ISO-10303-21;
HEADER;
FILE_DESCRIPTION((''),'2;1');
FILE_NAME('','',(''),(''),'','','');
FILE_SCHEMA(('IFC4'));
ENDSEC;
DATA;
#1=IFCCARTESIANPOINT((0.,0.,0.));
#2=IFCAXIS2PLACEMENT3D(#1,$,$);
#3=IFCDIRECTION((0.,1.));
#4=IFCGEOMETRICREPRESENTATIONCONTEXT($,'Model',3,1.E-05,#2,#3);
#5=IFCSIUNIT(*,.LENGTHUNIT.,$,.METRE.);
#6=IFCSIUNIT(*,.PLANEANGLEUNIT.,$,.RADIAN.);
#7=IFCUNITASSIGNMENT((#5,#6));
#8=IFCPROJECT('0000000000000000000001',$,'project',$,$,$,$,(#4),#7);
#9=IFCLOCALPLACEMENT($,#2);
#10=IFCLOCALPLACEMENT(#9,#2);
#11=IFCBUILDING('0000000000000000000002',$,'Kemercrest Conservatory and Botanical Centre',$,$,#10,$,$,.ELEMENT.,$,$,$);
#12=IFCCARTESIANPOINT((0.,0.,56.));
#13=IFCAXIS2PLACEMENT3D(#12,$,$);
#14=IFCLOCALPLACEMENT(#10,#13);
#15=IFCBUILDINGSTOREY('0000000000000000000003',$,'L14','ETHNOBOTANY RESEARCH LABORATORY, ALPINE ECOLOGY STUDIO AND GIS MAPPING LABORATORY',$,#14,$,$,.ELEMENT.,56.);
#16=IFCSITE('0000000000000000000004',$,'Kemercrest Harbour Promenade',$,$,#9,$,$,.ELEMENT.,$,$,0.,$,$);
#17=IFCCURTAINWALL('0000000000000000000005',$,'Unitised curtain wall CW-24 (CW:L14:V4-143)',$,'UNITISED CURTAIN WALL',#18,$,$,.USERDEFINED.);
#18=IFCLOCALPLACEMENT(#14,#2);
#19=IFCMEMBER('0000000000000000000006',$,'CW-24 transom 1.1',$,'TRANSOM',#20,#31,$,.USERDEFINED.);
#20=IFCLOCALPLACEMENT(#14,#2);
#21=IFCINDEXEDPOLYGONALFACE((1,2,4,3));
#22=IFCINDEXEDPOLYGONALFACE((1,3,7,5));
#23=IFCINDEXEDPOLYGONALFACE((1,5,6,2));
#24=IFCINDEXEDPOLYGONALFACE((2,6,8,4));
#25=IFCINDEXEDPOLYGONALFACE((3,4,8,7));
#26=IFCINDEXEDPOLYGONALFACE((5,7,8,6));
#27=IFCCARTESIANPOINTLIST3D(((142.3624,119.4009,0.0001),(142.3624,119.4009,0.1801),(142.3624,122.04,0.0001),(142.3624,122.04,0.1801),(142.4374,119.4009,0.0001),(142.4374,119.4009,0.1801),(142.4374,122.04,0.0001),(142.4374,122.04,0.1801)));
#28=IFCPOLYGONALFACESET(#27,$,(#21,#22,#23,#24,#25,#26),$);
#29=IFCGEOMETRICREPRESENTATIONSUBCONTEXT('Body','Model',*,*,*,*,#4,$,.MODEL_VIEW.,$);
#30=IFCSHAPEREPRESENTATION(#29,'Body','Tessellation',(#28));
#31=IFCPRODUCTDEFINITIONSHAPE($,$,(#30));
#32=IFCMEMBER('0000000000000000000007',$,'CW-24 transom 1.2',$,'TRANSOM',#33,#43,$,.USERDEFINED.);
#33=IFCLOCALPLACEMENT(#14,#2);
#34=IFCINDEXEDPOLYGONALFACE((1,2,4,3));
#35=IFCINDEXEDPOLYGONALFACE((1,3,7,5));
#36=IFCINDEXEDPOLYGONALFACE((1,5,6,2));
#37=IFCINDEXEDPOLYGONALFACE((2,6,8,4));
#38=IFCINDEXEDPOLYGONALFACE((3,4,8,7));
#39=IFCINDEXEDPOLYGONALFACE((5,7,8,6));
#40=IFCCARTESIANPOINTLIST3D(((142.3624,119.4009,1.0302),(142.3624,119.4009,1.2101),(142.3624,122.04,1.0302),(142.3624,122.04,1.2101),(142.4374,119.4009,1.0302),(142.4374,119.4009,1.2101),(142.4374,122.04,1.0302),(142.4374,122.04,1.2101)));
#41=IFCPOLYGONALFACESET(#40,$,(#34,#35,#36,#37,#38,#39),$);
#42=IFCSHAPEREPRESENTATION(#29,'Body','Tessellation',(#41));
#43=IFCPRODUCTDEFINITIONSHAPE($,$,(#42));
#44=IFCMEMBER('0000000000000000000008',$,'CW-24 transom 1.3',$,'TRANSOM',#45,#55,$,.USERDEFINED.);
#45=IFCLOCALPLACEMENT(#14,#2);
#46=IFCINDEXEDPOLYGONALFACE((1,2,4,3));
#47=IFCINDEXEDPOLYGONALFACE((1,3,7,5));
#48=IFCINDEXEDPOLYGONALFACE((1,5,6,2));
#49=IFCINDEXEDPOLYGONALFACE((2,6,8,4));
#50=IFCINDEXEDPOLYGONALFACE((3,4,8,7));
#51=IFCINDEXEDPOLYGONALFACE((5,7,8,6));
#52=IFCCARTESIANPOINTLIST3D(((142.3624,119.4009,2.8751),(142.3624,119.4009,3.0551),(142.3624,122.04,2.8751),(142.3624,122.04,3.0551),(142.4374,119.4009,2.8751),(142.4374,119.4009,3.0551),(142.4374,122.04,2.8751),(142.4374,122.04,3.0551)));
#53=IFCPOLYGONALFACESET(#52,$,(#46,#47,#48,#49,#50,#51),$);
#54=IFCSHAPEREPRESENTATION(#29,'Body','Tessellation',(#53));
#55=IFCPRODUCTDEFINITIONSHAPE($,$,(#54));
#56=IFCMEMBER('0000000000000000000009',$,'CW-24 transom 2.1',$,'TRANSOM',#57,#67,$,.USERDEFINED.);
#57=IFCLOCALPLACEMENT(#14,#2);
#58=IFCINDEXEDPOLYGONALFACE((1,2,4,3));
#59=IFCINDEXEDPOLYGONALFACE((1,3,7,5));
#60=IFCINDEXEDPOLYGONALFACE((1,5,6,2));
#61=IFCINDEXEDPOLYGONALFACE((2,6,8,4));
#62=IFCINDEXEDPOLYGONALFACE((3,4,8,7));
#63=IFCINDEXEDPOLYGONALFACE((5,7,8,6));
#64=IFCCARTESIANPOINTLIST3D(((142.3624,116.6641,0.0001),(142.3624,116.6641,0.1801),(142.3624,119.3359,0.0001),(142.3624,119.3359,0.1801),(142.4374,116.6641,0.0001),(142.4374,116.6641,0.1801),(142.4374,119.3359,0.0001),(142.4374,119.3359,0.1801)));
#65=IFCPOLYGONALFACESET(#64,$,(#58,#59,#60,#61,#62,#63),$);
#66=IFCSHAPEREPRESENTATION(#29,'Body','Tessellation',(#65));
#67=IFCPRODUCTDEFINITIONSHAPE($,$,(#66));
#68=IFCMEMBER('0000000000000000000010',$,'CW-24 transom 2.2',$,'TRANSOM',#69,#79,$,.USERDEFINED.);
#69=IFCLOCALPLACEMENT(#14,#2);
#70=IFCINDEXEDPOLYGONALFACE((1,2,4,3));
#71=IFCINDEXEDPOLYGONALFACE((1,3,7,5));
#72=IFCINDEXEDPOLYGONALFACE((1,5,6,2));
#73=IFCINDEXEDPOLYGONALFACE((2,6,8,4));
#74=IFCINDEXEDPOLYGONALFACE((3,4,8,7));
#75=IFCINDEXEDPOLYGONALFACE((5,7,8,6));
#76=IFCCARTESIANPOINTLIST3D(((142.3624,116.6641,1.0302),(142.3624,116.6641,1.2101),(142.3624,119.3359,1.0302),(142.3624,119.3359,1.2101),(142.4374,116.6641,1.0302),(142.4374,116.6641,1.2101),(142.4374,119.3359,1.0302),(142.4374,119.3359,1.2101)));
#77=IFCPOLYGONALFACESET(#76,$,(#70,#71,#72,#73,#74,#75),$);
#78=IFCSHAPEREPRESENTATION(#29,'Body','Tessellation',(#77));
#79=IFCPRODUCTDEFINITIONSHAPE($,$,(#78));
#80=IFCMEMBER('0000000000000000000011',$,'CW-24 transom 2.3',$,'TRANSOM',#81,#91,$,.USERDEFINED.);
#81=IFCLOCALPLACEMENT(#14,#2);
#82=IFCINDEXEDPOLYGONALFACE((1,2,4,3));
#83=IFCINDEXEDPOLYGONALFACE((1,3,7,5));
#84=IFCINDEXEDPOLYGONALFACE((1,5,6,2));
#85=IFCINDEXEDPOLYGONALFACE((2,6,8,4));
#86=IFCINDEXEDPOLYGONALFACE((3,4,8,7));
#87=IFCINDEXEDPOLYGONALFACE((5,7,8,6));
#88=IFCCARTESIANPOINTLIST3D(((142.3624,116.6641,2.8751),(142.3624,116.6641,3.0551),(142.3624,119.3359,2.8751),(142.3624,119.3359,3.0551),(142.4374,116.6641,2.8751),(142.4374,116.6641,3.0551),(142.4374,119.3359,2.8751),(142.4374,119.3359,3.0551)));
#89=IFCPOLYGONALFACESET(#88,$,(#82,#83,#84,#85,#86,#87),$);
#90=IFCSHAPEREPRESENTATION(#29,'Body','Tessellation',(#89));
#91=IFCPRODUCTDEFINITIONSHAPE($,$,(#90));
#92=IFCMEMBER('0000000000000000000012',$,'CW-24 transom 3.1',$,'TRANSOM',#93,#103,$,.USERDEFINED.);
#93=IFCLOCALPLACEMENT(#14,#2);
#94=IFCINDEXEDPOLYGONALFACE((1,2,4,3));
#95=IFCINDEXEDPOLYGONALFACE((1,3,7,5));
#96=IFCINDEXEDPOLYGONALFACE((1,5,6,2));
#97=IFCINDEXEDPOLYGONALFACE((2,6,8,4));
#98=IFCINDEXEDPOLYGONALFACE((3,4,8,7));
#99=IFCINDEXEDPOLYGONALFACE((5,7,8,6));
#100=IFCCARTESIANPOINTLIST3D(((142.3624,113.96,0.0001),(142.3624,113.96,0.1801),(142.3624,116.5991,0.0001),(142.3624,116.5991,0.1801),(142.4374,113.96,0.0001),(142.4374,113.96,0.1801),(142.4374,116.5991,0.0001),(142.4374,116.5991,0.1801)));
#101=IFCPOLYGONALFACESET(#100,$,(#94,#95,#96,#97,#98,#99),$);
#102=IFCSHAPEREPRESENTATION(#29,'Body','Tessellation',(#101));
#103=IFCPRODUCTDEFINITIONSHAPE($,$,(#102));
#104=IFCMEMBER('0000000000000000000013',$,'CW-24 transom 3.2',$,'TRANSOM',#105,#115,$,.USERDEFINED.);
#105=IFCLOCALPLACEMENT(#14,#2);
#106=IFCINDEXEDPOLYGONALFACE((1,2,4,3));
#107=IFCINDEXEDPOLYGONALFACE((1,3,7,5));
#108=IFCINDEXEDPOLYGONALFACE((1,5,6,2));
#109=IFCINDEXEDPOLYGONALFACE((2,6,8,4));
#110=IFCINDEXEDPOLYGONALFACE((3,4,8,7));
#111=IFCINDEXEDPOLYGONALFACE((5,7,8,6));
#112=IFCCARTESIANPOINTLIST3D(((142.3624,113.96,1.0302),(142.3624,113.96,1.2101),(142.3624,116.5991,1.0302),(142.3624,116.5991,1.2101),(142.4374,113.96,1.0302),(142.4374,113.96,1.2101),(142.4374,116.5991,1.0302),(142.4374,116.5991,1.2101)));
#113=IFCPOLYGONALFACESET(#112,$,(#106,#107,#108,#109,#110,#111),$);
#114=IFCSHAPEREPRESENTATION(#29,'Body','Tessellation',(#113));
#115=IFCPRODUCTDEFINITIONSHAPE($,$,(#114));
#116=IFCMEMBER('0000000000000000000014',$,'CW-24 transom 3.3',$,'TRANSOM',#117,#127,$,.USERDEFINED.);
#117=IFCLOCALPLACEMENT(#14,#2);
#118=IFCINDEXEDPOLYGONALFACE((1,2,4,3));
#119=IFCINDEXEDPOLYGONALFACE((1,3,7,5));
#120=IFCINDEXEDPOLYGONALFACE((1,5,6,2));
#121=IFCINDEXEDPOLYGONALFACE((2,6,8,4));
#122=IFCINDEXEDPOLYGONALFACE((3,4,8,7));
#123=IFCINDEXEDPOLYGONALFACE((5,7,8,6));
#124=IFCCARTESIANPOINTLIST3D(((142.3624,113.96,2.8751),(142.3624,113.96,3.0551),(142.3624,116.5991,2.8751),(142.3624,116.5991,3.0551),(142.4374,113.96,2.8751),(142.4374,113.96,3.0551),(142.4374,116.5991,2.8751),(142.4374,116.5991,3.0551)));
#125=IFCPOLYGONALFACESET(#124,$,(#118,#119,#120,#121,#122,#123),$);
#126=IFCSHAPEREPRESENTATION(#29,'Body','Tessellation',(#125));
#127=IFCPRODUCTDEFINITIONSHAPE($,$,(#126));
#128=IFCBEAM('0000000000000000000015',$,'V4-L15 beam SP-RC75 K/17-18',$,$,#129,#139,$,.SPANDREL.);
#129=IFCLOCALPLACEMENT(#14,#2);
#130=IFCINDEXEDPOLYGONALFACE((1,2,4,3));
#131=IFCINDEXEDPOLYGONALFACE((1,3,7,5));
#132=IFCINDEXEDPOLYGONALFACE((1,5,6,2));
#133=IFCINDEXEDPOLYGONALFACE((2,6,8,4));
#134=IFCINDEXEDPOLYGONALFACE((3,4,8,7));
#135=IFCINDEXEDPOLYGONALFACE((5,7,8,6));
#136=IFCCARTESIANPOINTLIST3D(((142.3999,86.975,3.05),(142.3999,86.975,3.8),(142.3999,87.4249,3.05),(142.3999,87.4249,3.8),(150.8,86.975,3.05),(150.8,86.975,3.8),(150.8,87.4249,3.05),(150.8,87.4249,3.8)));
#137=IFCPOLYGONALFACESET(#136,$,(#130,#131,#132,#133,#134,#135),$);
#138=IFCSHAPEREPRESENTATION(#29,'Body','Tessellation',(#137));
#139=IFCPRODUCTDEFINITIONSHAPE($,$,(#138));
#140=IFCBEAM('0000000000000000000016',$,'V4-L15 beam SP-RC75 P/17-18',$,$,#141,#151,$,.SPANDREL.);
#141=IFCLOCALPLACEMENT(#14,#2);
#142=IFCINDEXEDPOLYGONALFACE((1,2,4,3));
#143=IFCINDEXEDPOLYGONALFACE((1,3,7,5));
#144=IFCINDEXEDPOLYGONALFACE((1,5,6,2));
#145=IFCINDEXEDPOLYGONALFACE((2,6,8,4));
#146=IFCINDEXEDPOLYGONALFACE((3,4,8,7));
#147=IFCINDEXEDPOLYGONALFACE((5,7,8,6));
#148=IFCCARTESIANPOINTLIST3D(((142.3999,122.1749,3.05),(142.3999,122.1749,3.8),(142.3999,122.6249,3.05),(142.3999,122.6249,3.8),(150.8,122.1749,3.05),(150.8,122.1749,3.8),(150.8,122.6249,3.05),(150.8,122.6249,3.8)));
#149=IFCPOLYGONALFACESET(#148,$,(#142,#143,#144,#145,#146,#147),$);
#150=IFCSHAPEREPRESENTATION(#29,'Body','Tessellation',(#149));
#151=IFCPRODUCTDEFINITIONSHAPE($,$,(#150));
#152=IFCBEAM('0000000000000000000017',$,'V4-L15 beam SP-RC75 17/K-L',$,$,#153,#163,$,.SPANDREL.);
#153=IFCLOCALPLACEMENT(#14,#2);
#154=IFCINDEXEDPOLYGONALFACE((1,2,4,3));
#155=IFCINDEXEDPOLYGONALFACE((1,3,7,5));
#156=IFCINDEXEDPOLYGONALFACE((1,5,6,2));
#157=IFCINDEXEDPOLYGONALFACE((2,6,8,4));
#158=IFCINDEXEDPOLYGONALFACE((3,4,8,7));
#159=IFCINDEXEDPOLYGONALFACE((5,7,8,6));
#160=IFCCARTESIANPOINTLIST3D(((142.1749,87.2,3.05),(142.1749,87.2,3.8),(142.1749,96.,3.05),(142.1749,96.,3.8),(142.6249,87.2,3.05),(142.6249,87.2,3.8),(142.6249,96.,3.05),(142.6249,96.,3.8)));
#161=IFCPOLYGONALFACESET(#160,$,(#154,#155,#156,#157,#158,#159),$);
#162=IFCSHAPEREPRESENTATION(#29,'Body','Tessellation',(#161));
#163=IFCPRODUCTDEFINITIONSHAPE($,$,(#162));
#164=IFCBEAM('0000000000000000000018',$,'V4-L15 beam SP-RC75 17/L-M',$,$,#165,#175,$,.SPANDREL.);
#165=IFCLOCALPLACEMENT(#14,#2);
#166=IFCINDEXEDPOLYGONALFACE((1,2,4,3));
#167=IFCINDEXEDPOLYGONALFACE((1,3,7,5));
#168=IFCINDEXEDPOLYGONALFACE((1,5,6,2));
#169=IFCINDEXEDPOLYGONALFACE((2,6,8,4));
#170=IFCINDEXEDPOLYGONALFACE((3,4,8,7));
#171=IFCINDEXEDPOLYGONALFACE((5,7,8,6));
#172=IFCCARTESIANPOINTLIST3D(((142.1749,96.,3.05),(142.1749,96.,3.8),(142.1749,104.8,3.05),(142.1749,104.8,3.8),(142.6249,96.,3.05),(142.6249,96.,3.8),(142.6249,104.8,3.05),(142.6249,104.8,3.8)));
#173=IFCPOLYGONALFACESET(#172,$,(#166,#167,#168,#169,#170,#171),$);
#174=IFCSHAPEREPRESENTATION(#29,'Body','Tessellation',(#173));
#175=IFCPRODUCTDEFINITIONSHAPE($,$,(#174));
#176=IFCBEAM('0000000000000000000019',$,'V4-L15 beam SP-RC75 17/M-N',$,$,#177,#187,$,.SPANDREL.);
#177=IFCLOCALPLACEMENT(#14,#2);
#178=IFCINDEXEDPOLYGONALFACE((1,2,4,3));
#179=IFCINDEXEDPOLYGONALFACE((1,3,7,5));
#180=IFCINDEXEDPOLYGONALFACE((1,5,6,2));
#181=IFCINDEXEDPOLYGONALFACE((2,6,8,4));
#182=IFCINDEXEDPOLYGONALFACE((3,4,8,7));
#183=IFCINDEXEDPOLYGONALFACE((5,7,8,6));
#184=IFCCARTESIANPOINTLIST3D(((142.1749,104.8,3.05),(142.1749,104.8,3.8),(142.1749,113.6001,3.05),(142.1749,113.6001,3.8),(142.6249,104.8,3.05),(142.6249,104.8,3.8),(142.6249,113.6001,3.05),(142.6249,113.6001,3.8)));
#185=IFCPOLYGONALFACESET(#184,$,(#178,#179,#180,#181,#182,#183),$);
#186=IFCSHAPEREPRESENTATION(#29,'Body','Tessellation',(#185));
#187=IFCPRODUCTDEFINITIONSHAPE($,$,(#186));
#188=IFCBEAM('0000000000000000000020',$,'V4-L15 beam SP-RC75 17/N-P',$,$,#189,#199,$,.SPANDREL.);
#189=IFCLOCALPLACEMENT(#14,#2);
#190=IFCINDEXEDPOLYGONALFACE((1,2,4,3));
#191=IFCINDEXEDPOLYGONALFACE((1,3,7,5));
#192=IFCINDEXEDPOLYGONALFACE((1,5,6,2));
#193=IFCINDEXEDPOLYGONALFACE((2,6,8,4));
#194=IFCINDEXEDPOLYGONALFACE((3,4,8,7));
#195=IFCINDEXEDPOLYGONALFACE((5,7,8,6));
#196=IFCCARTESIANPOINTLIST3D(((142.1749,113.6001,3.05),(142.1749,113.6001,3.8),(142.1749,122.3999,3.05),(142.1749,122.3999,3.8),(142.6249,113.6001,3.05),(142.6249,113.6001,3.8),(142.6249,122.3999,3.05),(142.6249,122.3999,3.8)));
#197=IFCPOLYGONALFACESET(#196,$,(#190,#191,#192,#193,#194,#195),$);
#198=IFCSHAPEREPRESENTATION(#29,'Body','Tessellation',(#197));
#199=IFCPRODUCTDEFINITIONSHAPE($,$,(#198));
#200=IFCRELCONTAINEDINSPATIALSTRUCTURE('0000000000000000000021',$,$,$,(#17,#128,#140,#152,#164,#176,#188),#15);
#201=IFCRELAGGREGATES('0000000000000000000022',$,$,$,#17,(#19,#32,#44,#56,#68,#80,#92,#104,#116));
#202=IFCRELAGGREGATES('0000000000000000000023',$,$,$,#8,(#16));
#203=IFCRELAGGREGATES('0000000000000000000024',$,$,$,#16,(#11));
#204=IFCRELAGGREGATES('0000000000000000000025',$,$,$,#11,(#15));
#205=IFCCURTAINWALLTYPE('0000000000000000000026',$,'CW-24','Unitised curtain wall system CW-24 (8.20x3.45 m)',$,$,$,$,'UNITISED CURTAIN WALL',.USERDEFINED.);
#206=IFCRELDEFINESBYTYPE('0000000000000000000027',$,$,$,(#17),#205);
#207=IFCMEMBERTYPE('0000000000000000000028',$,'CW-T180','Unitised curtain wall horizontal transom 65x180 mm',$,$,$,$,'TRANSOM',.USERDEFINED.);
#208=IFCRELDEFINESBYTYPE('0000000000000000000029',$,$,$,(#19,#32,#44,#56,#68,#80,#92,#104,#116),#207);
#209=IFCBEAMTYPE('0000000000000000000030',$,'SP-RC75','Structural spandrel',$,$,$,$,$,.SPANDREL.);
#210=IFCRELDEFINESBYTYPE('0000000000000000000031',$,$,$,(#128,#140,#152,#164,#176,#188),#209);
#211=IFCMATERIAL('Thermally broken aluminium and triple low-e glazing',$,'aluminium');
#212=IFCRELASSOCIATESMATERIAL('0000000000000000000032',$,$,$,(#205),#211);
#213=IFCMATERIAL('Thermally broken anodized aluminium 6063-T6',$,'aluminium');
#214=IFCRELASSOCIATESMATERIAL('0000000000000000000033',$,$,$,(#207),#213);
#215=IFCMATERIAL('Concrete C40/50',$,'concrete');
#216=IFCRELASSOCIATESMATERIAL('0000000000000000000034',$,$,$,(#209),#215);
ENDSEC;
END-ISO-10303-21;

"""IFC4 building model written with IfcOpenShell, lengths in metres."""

from ifc_helpers import new_model, si_unit, direction, frame, origin, origin_2d, place, context, subcontext, project, spatial, rectangle, extrude, material, material_profile, profile_set, type_object, element, aggregate, save


model = new_model("IFC4")

# Units and contexts
model_context = context("Model", 3, precision=1e-05, world=origin(), true_north=direction((0.0, 1.0)))
body_context = subcontext(model_context, "Body", "Model", "MODEL_VIEW")
ifc_project = project(units=[si_unit("LENGTHUNIT", "METRE"), si_unit("PLANEANGLEUNIT", "RADIAN")], contexts=[model_context])

# Site, building, storey
site_placement = place(None, origin())
site = spatial("IfcSite", under=ifc_project, at=site_placement, Name="Kemercrest Harbour Promenade", CompositionType="ELEMENT", RefElevation=0.0)
building_placement = place(site_placement, origin())
building = spatial("IfcBuilding", under=site, at=building_placement, Name="Kemercrest Conservatory and Botanical Centre", CompositionType="ELEMENT")
storey_placement = place(building_placement, frame((0.0, 0.0, 56.0)))
storey = spatial("IfcBuildingStorey", under=building, at=storey_placement, Name="L14", Description="ETHNOBOTANY RESEARCH LABORATORY, ALPINE ECOLOGY STUDIO AND GIS MAPPING LABORATORY", CompositionType="ELEMENT", Elevation=56.0)

# Shared definitions
ifc_material_1 = material(Name="Concrete C40/50", Category="concrete")

# Curtain wall
ifc_material_2 = material(Name="Thermally broken aluminium and triple low-e glazing", Category="aluminium")
curtain_wall_type_1 = type_object("IfcCurtainWallType", Name="CW-24", Description="Unitised curtain wall system CW-24 (8.20x3.45 m)", ElementType="UNITISED CURTAIN WALL", PredefinedType="USERDEFINED", material=ifc_material_2)
curtain_wall_1_placement = place(storey_placement, origin())
curtain_wall_1 = element("IfcCurtainWall", 1, at=curtain_wall_1_placement, inside=storey, type_object=curtain_wall_type_1, Name="Unitised curtain wall CW-24 (CW:L14:V4-143)", ObjectType="UNITISED CURTAIN WALL", PredefinedType="USERDEFINED")
ifc_material_3 = material(Name="Thermally broken anodized aluminium 6063-T6", Category="aluminium")

# Members
ifc_material_profile_1 = material_profile(ifc_material_3, rectangle(XDim=0.075, YDim=0.1799, at=origin_2d()), Name="AL TRANSOM 75x180")
ifc_profile_set_1 = profile_set([ifc_material_profile_1], Name="Thermally broken anodized aluminium 6063-T6")
member_type_1 = type_object("IfcMemberType", Name="CW-T180", Description="Unitised curtain wall horizontal transom 65x180 mm", ElementType="TRANSOM", PredefinedType="USERDEFINED", material=ifc_profile_set_1)
member_1_placement = place(storey_placement, frame((142.3999, 122.04, 0.0901), z_axis=(0.0, -1.0, 0.0), x_axis=(1.0, 0.0, 0.0)))
member_1 = element("IfcMember", 2, at=member_1_placement, type_object=member_type_1, Name="CW-24 transom 1.1", ObjectType="TRANSOM", PredefinedType="USERDEFINED", context=body_context, shape_type="SweptSolid", body=[
    extrude(rectangle(XDim=0.075, YDim=0.1799, at=origin_2d()), origin(), (0.0, 0.0, 1.0), 2.6392),
])
member_2_placement = place(storey_placement, frame((142.3999, 122.04, 1.1201), z_axis=(0.0, -1.0, 0.0), x_axis=(1.0, 0.0, 0.0)))
member_2 = element("IfcMember", 3, at=member_2_placement, type_object=member_type_1, Name="CW-24 transom 1.2", ObjectType="TRANSOM", PredefinedType="USERDEFINED", context=body_context, shape_type="SweptSolid", body=[
    extrude(rectangle(XDim=0.075, YDim=0.1799, at=origin_2d()), origin(), (0.0, 0.0, 1.0), 2.6392),
])
member_3_placement = place(storey_placement, frame((142.3999, 122.04, 2.9651), z_axis=(0.0, -1.0, 0.0), x_axis=(1.0, 0.0, 0.0)))
member_3 = element("IfcMember", 4, at=member_3_placement, type_object=member_type_1, Name="CW-24 transom 1.3", ObjectType="TRANSOM", PredefinedType="USERDEFINED", context=body_context, shape_type="SweptSolid", body=[
    extrude(rectangle(XDim=0.075, YDim=0.1799, at=origin_2d()), origin(), (0.0, 0.0, 1.0), 2.6392),
])
member_4_placement = place(storey_placement, frame((142.3999, 119.3359, 0.0901), z_axis=(0.0, -1.0, 0.0), x_axis=(1.0, 0.0, 0.0)))
member_4 = element("IfcMember", 5, at=member_4_placement, type_object=member_type_1, Name="CW-24 transom 2.1", ObjectType="TRANSOM", PredefinedType="USERDEFINED", context=body_context, shape_type="SweptSolid", body=[
    extrude(rectangle(XDim=0.075, YDim=0.1799, at=origin_2d()), origin(), (0.0, 0.0, 1.0), 2.6719),
])
member_5_placement = place(storey_placement, frame((142.3999, 119.3359, 1.1201), z_axis=(0.0, -1.0, 0.0), x_axis=(1.0, 0.0, 0.0)))
member_5 = element("IfcMember", 6, at=member_5_placement, type_object=member_type_1, Name="CW-24 transom 2.2", ObjectType="TRANSOM", PredefinedType="USERDEFINED", context=body_context, shape_type="SweptSolid", body=[
    extrude(rectangle(XDim=0.075, YDim=0.1799, at=origin_2d()), origin(), (0.0, 0.0, 1.0), 2.6719),
])
member_6_placement = place(storey_placement, frame((142.3999, 119.3359, 2.9651), z_axis=(0.0, -1.0, 0.0), x_axis=(1.0, 0.0, 0.0)))
member_6 = element("IfcMember", 7, at=member_6_placement, type_object=member_type_1, Name="CW-24 transom 2.3", ObjectType="TRANSOM", PredefinedType="USERDEFINED", context=body_context, shape_type="SweptSolid", body=[
    extrude(rectangle(XDim=0.075, YDim=0.1799, at=origin_2d()), origin(), (0.0, 0.0, 1.0), 2.6719),
])
member_7_placement = place(storey_placement, frame((142.3999, 116.5991, 0.0901), z_axis=(0.0, -1.0, 0.0), x_axis=(1.0, 0.0, 0.0)))
member_7 = element("IfcMember", 8, at=member_7_placement, type_object=member_type_1, Name="CW-24 transom 3.1", ObjectType="TRANSOM", PredefinedType="USERDEFINED", context=body_context, shape_type="SweptSolid", body=[
    extrude(rectangle(XDim=0.075, YDim=0.1799, at=origin_2d()), origin(), (0.0, 0.0, 1.0), 2.6392),
])
member_8_placement = place(storey_placement, frame((142.3999, 116.5991, 1.1201), z_axis=(0.0, -1.0, 0.0), x_axis=(1.0, 0.0, 0.0)))
member_8 = element("IfcMember", 9, at=member_8_placement, type_object=member_type_1, Name="CW-24 transom 3.2", ObjectType="TRANSOM", PredefinedType="USERDEFINED", context=body_context, shape_type="SweptSolid", body=[
    extrude(rectangle(XDim=0.075, YDim=0.1799, at=origin_2d()), origin(), (0.0, 0.0, 1.0), 2.6392),
])
member_9_placement = place(storey_placement, frame((142.3999, 116.5991, 2.9651), z_axis=(0.0, -1.0, 0.0), x_axis=(1.0, 0.0, 0.0)))
member_9 = element("IfcMember", 10, at=member_9_placement, type_object=member_type_1, Name="CW-24 transom 3.3", ObjectType="TRANSOM", PredefinedType="USERDEFINED", context=body_context, shape_type="SweptSolid", body=[
    extrude(rectangle(XDim=0.075, YDim=0.1799, at=origin_2d()), origin(), (0.0, 0.0, 1.0), 2.6392),
])

# Beams
ifc_material_profile_2 = material_profile(ifc_material_1, rectangle(XDim=0.45, YDim=0.75, at=origin_2d()), Name="RC 450x750")
ifc_profile_set_2 = profile_set([ifc_material_profile_2], Name="Concrete C40/50")
beam_type_1 = type_object("IfcBeamType", Name="SP-RC75", Description="Structural spandrel", PredefinedType="SPANDREL", material=ifc_profile_set_2)
for number, where, z_axis, x_axis, name in (
    (11, (142.3999, 87.2, 3.425), (1.0, 0.0, 0.0), (0.0, 1.0, 0.0), "V4-L15 beam SP-RC75 K/17-18"),
    (12, (142.3999, 122.3999, 3.425), (1.0, 0.0, 0.0), (0.0, 1.0, 0.0), "V4-L15 beam SP-RC75 P/17-18"),
):
    element("IfcBeam", number, at=place(storey_placement, frame(where, z_axis=z_axis, x_axis=x_axis)), inside=storey, type_object=beam_type_1, Name=name, PredefinedType="SPANDREL", context=body_context, shape_type="SweptSolid", body=[
        extrude(rectangle(XDim=0.45, YDim=0.75, at=origin_2d()), origin(), (0.0, 0.0, 1.0), 8.4001),
    ])
for number, where, z_axis, x_axis, name in (
    (13, (142.3999, 87.2, 3.425), (0.0, 1.0, 0.0), (-1.0, 0.0, 0.0), "V4-L15 beam SP-RC75 17/K-L"),
    (14, (142.3999, 96.0, 3.425), (0.0, 1.0, 0.0), (-1.0, 0.0, 0.0), "V4-L15 beam SP-RC75 17/L-M"),
    (15, (142.3999, 104.8, 3.425), (0.0, 1.0, 0.0), (-1.0, 0.0, 0.0), "V4-L15 beam SP-RC75 17/M-N"),
):
    element("IfcBeam", number, at=place(storey_placement, frame(where, z_axis=z_axis, x_axis=x_axis)), inside=storey, type_object=beam_type_1, Name=name, PredefinedType="SPANDREL", context=body_context, shape_type="SweptSolid", body=[
        extrude(rectangle(XDim=0.45, YDim=0.75, at=origin_2d()), origin(), (0.0, 0.0, 1.0), 8.8),
    ])
beam_placement = place(storey_placement, frame((142.3999, 113.6001, 3.425), z_axis=(0.0, 1.0, 0.0), x_axis=(-1.0, 0.0, 0.0)))
element("IfcBeam", 16, at=beam_placement, inside=storey, type_object=beam_type_1, Name="V4-L15 beam SP-RC75 17/N-P", PredefinedType="SPANDREL", context=body_context, shape_type="SweptSolid", body=[
    extrude(rectangle(XDim=0.45, YDim=0.75, at=origin_2d()), origin(), (0.0, 0.0, 1.0), 8.7998),
])

aggregate(curtain_wall_1, [member_1, member_2, member_3, member_4, member_5, member_6, member_7, member_8, member_9])

save(model, "model.ifc")
